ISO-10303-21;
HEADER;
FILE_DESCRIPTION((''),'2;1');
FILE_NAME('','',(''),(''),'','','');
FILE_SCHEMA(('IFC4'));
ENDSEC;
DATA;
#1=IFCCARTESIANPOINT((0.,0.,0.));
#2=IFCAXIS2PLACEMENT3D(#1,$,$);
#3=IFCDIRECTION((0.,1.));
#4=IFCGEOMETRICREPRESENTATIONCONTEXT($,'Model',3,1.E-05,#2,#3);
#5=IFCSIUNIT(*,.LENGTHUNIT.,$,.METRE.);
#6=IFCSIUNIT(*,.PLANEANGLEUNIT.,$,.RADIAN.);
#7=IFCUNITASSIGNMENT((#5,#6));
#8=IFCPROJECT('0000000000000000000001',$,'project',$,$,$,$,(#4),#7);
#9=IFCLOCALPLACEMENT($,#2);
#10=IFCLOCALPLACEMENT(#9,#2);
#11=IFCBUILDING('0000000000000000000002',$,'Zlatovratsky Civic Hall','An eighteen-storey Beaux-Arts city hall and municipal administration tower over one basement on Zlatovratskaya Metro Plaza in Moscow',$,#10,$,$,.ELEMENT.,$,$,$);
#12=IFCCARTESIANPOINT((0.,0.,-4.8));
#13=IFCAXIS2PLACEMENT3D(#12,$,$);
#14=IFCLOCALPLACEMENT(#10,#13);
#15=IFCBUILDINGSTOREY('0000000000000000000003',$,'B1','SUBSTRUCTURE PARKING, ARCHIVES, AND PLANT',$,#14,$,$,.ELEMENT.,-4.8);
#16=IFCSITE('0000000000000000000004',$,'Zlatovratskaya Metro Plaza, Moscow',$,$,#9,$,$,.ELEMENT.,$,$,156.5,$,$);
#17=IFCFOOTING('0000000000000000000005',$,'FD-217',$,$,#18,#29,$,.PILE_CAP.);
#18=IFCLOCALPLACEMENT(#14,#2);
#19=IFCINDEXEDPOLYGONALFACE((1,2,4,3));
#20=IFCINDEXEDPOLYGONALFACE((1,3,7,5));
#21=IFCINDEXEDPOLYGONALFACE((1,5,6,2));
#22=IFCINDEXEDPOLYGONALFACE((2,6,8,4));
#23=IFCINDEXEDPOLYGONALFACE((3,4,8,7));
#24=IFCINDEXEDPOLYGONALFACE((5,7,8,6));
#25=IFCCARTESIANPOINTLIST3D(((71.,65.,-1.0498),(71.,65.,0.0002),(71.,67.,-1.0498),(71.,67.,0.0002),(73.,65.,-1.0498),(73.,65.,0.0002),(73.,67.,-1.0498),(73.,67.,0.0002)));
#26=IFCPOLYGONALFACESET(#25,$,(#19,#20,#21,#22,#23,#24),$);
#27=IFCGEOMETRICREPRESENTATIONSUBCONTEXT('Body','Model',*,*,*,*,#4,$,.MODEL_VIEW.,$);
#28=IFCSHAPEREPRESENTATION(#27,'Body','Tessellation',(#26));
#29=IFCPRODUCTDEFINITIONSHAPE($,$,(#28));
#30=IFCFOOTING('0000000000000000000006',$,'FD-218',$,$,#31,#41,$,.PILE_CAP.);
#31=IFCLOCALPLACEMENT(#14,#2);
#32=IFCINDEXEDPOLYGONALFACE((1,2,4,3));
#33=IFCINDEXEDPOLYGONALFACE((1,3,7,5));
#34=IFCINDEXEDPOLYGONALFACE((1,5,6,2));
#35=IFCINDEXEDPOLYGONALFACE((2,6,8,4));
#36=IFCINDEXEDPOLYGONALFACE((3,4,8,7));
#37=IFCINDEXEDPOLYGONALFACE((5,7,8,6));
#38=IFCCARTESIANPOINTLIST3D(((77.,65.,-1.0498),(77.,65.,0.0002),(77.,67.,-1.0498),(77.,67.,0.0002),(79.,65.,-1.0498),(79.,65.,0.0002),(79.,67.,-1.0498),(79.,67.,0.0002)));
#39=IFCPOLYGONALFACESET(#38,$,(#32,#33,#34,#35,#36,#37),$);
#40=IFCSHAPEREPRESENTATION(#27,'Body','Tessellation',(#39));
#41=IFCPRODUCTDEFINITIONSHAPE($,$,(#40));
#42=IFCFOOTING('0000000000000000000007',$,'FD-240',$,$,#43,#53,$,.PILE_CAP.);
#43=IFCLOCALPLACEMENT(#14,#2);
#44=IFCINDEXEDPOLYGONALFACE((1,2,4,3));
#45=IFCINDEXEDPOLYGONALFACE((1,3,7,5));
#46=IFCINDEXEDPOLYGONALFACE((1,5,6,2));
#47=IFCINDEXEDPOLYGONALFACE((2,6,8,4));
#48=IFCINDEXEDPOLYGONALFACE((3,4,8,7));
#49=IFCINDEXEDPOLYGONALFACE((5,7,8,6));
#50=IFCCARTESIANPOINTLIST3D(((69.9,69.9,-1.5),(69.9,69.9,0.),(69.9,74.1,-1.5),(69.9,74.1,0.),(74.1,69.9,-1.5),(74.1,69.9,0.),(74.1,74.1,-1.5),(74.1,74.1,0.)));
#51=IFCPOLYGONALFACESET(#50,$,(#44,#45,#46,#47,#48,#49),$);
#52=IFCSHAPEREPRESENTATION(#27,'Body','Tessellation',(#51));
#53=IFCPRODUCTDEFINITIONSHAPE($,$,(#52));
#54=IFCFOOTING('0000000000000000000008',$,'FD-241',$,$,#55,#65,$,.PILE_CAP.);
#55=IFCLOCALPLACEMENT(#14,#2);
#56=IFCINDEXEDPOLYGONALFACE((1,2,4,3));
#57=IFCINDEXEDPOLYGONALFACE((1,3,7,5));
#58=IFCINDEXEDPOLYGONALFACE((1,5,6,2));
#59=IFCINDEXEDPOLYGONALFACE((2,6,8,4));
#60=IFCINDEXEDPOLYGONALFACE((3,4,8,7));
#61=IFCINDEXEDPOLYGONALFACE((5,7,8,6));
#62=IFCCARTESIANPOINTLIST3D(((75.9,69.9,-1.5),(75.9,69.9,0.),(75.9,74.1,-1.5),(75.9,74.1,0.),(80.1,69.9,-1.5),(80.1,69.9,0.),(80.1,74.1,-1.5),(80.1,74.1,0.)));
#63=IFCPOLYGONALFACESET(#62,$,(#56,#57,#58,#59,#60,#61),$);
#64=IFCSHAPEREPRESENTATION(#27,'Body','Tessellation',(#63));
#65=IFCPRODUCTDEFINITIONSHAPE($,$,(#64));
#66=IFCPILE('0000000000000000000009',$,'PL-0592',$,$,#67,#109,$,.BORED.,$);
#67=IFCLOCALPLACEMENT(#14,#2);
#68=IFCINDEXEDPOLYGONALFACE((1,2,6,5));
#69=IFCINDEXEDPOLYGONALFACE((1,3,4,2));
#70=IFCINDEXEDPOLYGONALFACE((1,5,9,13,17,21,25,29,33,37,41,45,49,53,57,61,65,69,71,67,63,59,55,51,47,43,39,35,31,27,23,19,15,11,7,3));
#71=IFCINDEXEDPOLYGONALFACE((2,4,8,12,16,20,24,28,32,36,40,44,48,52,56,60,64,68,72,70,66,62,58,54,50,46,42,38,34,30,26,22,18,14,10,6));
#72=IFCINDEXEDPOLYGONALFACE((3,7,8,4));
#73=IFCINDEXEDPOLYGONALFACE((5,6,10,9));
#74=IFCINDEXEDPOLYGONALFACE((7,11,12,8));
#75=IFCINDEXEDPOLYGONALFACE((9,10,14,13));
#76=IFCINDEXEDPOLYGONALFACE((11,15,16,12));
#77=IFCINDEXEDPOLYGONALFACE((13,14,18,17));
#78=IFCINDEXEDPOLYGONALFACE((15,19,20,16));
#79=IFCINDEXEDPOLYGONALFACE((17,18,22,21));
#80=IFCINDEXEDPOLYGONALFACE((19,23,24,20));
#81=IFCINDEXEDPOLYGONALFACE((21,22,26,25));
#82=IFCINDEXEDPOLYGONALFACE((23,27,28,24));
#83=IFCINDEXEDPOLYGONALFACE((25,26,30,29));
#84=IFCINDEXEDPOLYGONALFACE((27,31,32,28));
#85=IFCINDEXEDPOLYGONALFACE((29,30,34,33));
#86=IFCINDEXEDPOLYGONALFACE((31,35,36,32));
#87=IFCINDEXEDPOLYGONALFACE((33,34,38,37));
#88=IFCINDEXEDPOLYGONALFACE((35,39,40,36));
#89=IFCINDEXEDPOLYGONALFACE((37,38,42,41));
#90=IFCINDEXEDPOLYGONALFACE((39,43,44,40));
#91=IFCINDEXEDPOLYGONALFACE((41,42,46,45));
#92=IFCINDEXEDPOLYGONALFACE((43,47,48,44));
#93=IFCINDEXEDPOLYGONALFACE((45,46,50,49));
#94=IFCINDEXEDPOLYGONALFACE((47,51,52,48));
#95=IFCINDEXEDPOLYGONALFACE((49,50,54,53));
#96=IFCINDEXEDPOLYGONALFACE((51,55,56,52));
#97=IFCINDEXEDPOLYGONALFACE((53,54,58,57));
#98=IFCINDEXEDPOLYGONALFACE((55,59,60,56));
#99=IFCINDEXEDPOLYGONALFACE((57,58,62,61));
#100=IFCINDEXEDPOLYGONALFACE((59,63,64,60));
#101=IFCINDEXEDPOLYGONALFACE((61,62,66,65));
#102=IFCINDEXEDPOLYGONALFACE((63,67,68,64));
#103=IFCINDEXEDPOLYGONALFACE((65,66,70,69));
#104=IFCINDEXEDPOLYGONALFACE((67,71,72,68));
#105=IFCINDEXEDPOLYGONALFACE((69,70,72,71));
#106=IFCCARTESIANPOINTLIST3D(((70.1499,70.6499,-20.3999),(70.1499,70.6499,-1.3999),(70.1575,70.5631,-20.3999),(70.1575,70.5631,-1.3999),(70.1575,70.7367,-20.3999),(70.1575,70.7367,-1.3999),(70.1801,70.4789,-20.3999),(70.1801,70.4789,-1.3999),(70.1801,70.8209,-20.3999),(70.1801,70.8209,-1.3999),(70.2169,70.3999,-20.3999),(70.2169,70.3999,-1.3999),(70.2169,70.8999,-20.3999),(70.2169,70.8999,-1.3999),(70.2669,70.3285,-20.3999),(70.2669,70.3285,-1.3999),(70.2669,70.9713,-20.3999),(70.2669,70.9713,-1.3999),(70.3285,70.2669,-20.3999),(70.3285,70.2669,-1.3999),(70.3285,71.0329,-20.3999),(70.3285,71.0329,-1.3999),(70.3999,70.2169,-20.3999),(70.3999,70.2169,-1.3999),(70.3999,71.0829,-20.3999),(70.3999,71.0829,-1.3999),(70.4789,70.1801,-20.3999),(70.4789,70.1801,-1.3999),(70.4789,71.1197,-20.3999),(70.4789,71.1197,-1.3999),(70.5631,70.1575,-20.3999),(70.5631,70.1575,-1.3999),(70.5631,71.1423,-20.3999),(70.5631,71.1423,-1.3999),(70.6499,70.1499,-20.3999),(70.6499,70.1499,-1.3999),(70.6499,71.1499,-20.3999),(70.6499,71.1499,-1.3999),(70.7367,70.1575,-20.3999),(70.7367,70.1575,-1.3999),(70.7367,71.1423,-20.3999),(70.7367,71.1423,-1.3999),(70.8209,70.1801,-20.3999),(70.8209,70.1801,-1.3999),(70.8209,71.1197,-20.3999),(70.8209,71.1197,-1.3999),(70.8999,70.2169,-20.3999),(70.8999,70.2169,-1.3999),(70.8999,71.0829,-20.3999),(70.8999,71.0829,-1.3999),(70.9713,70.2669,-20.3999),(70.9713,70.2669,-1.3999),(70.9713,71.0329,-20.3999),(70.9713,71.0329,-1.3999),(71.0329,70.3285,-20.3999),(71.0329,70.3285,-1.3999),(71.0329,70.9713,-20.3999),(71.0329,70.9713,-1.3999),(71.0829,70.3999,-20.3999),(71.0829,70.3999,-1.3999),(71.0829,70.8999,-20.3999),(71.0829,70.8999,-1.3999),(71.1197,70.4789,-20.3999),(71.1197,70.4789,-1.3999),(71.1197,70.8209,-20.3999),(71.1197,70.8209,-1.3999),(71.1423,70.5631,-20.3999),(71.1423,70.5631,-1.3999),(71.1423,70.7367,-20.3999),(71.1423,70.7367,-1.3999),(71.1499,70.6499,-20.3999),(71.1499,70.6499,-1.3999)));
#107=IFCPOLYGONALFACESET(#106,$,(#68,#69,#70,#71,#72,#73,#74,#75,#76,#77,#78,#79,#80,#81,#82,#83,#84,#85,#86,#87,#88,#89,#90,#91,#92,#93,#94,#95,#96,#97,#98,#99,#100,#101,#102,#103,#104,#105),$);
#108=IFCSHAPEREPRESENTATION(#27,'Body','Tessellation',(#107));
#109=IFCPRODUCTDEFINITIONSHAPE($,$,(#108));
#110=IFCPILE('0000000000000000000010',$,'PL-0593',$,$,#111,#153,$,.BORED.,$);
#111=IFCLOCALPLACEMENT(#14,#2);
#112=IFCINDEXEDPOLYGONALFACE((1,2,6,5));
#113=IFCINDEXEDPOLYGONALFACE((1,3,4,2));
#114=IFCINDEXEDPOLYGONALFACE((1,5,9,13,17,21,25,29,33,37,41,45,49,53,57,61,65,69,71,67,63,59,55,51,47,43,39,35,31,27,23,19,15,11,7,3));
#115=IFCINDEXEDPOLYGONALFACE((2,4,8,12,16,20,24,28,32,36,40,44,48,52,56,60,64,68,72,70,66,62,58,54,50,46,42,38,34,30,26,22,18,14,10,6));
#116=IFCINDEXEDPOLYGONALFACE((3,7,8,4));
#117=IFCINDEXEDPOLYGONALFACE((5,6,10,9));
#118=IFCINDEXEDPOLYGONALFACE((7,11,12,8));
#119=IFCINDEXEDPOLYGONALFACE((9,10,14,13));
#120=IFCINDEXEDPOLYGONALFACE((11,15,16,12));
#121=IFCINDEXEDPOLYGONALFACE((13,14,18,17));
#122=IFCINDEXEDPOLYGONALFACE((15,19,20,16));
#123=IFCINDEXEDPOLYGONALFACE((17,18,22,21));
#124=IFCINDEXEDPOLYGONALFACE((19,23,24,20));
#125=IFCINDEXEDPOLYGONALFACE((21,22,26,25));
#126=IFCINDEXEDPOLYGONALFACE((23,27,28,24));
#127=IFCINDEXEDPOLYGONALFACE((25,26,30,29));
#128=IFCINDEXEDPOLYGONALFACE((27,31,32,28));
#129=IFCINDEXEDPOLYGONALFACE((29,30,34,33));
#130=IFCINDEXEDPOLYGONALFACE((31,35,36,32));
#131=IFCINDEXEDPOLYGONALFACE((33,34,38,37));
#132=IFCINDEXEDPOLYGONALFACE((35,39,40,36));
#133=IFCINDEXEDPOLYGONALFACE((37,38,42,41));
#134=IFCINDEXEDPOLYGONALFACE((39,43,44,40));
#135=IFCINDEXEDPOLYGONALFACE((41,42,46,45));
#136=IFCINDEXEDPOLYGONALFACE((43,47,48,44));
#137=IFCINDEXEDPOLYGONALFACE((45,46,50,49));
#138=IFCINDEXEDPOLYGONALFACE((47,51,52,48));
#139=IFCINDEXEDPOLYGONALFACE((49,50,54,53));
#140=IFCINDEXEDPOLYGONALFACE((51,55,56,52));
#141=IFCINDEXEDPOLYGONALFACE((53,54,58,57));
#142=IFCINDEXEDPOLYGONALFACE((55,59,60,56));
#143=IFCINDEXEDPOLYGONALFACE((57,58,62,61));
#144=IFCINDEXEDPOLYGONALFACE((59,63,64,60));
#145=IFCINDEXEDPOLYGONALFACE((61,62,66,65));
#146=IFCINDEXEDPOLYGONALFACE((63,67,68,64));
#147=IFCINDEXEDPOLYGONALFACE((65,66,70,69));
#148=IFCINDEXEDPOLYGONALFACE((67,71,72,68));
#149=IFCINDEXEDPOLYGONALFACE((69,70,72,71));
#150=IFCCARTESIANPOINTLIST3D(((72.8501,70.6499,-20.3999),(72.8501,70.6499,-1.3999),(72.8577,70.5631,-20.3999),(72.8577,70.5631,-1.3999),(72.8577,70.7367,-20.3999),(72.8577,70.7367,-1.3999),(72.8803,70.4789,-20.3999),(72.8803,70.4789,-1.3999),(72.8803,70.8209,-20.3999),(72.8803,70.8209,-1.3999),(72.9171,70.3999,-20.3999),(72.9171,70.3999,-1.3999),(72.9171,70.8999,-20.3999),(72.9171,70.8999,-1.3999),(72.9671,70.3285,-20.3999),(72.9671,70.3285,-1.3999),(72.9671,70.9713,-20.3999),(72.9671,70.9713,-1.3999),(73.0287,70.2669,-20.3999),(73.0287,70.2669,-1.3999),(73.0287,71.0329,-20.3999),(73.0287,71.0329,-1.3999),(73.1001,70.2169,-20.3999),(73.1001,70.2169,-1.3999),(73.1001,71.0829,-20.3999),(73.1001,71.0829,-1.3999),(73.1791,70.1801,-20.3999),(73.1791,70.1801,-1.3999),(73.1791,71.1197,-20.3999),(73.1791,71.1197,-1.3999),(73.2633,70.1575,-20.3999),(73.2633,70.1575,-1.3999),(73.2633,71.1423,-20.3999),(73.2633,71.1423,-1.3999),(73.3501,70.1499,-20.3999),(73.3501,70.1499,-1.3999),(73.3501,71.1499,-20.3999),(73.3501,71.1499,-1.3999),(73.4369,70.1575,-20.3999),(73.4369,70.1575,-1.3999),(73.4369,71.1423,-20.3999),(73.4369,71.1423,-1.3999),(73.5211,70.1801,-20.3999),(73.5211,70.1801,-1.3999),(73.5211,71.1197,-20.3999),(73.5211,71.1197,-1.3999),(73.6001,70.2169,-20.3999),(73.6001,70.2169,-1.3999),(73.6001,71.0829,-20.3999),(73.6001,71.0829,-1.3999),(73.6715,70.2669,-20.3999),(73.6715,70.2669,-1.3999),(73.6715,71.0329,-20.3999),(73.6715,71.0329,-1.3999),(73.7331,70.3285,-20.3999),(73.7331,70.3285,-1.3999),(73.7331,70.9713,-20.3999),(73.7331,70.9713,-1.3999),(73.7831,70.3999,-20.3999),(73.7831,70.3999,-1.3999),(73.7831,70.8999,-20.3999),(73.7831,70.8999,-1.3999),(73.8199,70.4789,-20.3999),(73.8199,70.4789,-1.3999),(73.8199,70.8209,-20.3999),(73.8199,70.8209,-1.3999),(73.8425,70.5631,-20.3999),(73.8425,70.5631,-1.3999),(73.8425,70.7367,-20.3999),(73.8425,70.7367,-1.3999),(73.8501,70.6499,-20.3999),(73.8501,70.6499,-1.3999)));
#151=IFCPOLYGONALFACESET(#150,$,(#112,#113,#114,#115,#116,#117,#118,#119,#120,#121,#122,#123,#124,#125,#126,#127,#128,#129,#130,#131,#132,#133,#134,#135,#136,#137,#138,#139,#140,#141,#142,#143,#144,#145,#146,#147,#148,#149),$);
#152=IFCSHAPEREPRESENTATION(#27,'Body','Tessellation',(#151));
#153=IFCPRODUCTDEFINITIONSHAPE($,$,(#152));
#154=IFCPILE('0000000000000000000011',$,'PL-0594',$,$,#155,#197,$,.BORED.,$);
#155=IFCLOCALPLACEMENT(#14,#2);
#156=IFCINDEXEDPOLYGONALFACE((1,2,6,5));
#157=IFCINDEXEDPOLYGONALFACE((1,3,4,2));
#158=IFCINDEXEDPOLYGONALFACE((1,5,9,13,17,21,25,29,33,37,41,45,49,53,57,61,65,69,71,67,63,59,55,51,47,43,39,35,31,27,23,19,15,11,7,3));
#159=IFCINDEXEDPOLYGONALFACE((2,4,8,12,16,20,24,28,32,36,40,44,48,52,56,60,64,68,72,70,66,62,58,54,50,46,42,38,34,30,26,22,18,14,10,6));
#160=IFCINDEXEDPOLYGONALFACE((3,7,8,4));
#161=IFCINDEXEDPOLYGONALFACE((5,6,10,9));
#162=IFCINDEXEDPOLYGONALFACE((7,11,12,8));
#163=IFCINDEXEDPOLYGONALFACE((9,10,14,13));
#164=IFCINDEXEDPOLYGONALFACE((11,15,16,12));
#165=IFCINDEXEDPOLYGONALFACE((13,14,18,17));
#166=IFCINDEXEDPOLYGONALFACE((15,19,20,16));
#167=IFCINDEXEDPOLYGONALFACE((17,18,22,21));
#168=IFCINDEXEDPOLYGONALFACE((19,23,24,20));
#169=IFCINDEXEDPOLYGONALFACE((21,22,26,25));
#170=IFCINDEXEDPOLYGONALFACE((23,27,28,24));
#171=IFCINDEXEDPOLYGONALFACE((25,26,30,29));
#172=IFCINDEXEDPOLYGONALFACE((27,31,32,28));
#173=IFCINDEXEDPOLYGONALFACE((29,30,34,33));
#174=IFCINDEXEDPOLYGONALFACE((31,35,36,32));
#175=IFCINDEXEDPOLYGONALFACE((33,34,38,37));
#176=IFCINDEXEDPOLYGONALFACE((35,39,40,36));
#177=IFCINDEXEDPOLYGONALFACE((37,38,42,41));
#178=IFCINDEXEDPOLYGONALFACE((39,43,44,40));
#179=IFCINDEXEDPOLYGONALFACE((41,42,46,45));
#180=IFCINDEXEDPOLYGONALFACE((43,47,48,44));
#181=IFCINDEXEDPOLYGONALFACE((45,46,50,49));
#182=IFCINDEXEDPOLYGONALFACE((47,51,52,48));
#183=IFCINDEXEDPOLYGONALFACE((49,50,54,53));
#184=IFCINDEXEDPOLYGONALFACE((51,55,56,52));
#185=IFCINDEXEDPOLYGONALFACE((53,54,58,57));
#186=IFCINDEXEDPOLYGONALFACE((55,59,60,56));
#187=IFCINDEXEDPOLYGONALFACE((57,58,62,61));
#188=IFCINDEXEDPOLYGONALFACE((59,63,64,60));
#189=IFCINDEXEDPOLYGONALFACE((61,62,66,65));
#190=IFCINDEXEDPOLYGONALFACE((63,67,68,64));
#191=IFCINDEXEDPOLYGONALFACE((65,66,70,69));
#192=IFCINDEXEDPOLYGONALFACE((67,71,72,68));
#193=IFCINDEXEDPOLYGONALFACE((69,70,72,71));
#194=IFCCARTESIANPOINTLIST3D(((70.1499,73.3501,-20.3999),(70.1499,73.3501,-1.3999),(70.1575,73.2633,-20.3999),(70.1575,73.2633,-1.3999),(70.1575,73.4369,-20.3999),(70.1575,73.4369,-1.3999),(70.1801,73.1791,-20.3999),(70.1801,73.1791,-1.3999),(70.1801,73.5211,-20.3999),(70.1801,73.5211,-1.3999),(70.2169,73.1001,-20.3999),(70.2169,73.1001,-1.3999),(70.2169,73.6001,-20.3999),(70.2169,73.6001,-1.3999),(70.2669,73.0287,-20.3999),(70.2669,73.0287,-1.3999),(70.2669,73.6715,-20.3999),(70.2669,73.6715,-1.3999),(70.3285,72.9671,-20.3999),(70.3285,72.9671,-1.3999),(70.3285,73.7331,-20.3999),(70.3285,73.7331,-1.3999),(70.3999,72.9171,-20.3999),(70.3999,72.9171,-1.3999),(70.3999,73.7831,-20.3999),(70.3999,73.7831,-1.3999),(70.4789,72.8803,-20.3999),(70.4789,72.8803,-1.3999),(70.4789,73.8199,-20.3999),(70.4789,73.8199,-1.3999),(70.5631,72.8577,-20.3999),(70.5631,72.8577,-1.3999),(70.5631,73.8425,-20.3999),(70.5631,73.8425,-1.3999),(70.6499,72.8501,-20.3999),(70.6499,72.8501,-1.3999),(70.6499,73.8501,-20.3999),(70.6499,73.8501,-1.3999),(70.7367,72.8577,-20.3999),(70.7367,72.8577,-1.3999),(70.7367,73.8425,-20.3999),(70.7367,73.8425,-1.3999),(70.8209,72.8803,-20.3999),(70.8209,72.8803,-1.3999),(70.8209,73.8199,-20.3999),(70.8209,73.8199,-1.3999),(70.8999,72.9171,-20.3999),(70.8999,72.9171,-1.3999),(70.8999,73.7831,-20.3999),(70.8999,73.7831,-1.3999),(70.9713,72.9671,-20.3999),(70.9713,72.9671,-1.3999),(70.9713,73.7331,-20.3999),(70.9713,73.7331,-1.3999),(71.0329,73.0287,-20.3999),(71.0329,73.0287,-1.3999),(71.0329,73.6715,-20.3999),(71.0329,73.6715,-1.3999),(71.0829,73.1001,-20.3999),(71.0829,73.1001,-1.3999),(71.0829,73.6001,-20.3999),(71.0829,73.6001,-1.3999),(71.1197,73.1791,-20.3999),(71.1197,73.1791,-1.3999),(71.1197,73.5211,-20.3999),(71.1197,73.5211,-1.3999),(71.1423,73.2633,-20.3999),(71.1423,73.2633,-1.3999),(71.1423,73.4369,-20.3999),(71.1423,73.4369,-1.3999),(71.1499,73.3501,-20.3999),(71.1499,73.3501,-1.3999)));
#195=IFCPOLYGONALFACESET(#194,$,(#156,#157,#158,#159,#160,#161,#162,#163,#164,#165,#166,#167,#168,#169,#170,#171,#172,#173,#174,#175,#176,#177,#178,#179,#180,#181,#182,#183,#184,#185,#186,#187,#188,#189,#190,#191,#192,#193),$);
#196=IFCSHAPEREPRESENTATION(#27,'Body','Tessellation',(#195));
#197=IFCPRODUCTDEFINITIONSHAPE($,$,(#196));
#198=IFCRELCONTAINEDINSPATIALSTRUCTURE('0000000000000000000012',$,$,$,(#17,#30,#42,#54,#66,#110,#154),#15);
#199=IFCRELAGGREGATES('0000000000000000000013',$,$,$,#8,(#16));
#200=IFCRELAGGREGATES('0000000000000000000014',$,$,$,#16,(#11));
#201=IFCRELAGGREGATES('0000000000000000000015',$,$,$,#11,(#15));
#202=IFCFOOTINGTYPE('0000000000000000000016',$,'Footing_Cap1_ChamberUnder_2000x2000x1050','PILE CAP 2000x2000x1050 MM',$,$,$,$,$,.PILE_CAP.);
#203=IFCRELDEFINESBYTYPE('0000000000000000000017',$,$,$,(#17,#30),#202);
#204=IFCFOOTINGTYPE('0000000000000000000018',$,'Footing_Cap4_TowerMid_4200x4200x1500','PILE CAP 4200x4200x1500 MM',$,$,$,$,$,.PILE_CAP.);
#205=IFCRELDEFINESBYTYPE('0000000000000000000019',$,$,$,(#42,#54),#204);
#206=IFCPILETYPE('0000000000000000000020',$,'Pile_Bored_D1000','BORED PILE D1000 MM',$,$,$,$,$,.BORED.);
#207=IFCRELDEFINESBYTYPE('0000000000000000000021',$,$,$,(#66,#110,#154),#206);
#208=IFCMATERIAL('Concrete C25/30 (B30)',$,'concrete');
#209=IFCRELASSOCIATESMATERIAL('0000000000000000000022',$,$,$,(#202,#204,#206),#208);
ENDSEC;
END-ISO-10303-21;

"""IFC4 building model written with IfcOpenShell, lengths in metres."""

from ifc_helpers import new_model, si_unit, direction, frame, origin, origin_2d, place, context, subcontext, project, spatial, rectangle, circle, extrude, material, material_profile, profile_set, type_object, element, save


model = new_model("IFC4")

# Units and contexts
model_context = context("Model", 3, precision=1e-05, world=origin(), true_north=direction((0.0, 1.0)))
body_context = subcontext(model_context, "Body", "Model", "MODEL_VIEW")
ifc_project = project(units=[si_unit("LENGTHUNIT", "METRE"), si_unit("PLANEANGLEUNIT", "RADIAN")], contexts=[model_context])

# Site, building, storey
site_placement = place(None, origin())
site = spatial("IfcSite", under=ifc_project, at=site_placement, Name="Zlatovratskaya Metro Plaza, Moscow", CompositionType="ELEMENT", RefElevation=156.5)
building_placement = place(site_placement, origin())
building = spatial("IfcBuilding", under=site, at=building_placement, Name="Zlatovratsky Civic Hall", Description="An eighteen-storey Beaux-Arts city hall and municipal administration tower over one basement on Zlatovratskaya Metro Plaza in Moscow", CompositionType="ELEMENT")
storey_placement = place(building_placement, frame((0.0, 0.0, -4.8)))
storey = spatial("IfcBuildingStorey", under=building, at=storey_placement, Name="B1", Description="SUBSTRUCTURE PARKING, ARCHIVES, AND PLANT", CompositionType="ELEMENT", Elevation=-4.8)

# Footings
ifc_material_1 = material(Name="Concrete C25/30 (B30)", Category="concrete")
footing_type_1 = type_object("IfcFootingType", Name="Footing_Cap1_ChamberUnder_2000x2000x1050", Description="PILE CAP 2000x2000x1050 MM", PredefinedType="PILE_CAP", material=ifc_material_1)
for number, where, z_axis, x_axis, name in (
    (1, (72.0, 66.0, -1.0498), (0.0, 0.0, 1.0), (1.0, 0.0, 0.0), "FD-217"),
    (2, (78.0, 66.0, -1.0498), (0.0, 0.0, 1.0), (1.0, 0.0, 0.0), "FD-218"),
):
    element("IfcFooting", number, at=place(storey_placement, frame(where, z_axis=z_axis, x_axis=x_axis)), inside=storey, type_object=footing_type_1, Name=name, PredefinedType="PILE_CAP", context=body_context, shape_type="SweptSolid", body=[
        extrude(rectangle(XDim=2.0, YDim=2.0, at=origin_2d()), origin(), (0.0, 0.0, 1.0), 1.05),
    ])
footing_type_2 = type_object("IfcFootingType", Name="Footing_Cap4_TowerMid_4200x4200x1500", Description="PILE CAP 4200x4200x1500 MM", PredefinedType="PILE_CAP", material=ifc_material_1)
for number, where, z_axis, x_axis, name in (
    (3, (72.0, 72.0, -1.5), (0.0, 0.0, 1.0), (1.0, 0.0, 0.0), "FD-240"),
    (4, (78.0, 72.0, -1.5), (0.0, 0.0, 1.0), (1.0, 0.0, 0.0), "FD-241"),
):
    element("IfcFooting", number, at=place(storey_placement, frame(where, z_axis=z_axis, x_axis=x_axis)), inside=storey, type_object=footing_type_2, Name=name, PredefinedType="PILE_CAP", context=body_context, shape_type="SweptSolid", body=[
        extrude(rectangle(XDim=4.2, YDim=4.2, at=origin_2d()), origin(), (0.0, 0.0, 1.0), 1.5),
    ])

# Piles
ifc_material_profile_1 = material_profile(ifc_material_1, circle(Radius=0.5, at=origin_2d()), Name="PILE D1000")
ifc_profile_set_1 = profile_set([ifc_material_profile_1], Name="Concrete C25/30 (B30)")
pile_type_1 = type_object("IfcPileType", Name="Pile_Bored_D1000", Description="BORED PILE D1000 MM", PredefinedType="BORED", material=ifc_profile_set_1)
for number, where, z_axis, x_axis, name in (
    (5, (70.6499, 70.6499, -1.3999), (0.0, 0.0, -1.0), (1.0, 0.0, 0.0), "PL-0592"),
    (6, (73.3501, 70.6499, -1.3999), (0.0, 0.0, -1.0), (1.0, 0.0, 0.0), "PL-0593"),
    (7, (70.6499, 73.3501, -1.3999), (0.0, 0.0, -1.0), (1.0, 0.0, 0.0), "PL-0594"),
):
    element("IfcPile", number, at=place(storey_placement, frame(where, z_axis=z_axis, x_axis=x_axis)), inside=storey, type_object=pile_type_1, Name=name, PredefinedType="BORED", context=body_context, shape_type="SweptSolid", body=[
        extrude(circle(Radius=0.5, at=origin_2d()), origin(), (0.0, 0.0, 1.0), 19.0),
    ])

save(model, "model.ifc")
